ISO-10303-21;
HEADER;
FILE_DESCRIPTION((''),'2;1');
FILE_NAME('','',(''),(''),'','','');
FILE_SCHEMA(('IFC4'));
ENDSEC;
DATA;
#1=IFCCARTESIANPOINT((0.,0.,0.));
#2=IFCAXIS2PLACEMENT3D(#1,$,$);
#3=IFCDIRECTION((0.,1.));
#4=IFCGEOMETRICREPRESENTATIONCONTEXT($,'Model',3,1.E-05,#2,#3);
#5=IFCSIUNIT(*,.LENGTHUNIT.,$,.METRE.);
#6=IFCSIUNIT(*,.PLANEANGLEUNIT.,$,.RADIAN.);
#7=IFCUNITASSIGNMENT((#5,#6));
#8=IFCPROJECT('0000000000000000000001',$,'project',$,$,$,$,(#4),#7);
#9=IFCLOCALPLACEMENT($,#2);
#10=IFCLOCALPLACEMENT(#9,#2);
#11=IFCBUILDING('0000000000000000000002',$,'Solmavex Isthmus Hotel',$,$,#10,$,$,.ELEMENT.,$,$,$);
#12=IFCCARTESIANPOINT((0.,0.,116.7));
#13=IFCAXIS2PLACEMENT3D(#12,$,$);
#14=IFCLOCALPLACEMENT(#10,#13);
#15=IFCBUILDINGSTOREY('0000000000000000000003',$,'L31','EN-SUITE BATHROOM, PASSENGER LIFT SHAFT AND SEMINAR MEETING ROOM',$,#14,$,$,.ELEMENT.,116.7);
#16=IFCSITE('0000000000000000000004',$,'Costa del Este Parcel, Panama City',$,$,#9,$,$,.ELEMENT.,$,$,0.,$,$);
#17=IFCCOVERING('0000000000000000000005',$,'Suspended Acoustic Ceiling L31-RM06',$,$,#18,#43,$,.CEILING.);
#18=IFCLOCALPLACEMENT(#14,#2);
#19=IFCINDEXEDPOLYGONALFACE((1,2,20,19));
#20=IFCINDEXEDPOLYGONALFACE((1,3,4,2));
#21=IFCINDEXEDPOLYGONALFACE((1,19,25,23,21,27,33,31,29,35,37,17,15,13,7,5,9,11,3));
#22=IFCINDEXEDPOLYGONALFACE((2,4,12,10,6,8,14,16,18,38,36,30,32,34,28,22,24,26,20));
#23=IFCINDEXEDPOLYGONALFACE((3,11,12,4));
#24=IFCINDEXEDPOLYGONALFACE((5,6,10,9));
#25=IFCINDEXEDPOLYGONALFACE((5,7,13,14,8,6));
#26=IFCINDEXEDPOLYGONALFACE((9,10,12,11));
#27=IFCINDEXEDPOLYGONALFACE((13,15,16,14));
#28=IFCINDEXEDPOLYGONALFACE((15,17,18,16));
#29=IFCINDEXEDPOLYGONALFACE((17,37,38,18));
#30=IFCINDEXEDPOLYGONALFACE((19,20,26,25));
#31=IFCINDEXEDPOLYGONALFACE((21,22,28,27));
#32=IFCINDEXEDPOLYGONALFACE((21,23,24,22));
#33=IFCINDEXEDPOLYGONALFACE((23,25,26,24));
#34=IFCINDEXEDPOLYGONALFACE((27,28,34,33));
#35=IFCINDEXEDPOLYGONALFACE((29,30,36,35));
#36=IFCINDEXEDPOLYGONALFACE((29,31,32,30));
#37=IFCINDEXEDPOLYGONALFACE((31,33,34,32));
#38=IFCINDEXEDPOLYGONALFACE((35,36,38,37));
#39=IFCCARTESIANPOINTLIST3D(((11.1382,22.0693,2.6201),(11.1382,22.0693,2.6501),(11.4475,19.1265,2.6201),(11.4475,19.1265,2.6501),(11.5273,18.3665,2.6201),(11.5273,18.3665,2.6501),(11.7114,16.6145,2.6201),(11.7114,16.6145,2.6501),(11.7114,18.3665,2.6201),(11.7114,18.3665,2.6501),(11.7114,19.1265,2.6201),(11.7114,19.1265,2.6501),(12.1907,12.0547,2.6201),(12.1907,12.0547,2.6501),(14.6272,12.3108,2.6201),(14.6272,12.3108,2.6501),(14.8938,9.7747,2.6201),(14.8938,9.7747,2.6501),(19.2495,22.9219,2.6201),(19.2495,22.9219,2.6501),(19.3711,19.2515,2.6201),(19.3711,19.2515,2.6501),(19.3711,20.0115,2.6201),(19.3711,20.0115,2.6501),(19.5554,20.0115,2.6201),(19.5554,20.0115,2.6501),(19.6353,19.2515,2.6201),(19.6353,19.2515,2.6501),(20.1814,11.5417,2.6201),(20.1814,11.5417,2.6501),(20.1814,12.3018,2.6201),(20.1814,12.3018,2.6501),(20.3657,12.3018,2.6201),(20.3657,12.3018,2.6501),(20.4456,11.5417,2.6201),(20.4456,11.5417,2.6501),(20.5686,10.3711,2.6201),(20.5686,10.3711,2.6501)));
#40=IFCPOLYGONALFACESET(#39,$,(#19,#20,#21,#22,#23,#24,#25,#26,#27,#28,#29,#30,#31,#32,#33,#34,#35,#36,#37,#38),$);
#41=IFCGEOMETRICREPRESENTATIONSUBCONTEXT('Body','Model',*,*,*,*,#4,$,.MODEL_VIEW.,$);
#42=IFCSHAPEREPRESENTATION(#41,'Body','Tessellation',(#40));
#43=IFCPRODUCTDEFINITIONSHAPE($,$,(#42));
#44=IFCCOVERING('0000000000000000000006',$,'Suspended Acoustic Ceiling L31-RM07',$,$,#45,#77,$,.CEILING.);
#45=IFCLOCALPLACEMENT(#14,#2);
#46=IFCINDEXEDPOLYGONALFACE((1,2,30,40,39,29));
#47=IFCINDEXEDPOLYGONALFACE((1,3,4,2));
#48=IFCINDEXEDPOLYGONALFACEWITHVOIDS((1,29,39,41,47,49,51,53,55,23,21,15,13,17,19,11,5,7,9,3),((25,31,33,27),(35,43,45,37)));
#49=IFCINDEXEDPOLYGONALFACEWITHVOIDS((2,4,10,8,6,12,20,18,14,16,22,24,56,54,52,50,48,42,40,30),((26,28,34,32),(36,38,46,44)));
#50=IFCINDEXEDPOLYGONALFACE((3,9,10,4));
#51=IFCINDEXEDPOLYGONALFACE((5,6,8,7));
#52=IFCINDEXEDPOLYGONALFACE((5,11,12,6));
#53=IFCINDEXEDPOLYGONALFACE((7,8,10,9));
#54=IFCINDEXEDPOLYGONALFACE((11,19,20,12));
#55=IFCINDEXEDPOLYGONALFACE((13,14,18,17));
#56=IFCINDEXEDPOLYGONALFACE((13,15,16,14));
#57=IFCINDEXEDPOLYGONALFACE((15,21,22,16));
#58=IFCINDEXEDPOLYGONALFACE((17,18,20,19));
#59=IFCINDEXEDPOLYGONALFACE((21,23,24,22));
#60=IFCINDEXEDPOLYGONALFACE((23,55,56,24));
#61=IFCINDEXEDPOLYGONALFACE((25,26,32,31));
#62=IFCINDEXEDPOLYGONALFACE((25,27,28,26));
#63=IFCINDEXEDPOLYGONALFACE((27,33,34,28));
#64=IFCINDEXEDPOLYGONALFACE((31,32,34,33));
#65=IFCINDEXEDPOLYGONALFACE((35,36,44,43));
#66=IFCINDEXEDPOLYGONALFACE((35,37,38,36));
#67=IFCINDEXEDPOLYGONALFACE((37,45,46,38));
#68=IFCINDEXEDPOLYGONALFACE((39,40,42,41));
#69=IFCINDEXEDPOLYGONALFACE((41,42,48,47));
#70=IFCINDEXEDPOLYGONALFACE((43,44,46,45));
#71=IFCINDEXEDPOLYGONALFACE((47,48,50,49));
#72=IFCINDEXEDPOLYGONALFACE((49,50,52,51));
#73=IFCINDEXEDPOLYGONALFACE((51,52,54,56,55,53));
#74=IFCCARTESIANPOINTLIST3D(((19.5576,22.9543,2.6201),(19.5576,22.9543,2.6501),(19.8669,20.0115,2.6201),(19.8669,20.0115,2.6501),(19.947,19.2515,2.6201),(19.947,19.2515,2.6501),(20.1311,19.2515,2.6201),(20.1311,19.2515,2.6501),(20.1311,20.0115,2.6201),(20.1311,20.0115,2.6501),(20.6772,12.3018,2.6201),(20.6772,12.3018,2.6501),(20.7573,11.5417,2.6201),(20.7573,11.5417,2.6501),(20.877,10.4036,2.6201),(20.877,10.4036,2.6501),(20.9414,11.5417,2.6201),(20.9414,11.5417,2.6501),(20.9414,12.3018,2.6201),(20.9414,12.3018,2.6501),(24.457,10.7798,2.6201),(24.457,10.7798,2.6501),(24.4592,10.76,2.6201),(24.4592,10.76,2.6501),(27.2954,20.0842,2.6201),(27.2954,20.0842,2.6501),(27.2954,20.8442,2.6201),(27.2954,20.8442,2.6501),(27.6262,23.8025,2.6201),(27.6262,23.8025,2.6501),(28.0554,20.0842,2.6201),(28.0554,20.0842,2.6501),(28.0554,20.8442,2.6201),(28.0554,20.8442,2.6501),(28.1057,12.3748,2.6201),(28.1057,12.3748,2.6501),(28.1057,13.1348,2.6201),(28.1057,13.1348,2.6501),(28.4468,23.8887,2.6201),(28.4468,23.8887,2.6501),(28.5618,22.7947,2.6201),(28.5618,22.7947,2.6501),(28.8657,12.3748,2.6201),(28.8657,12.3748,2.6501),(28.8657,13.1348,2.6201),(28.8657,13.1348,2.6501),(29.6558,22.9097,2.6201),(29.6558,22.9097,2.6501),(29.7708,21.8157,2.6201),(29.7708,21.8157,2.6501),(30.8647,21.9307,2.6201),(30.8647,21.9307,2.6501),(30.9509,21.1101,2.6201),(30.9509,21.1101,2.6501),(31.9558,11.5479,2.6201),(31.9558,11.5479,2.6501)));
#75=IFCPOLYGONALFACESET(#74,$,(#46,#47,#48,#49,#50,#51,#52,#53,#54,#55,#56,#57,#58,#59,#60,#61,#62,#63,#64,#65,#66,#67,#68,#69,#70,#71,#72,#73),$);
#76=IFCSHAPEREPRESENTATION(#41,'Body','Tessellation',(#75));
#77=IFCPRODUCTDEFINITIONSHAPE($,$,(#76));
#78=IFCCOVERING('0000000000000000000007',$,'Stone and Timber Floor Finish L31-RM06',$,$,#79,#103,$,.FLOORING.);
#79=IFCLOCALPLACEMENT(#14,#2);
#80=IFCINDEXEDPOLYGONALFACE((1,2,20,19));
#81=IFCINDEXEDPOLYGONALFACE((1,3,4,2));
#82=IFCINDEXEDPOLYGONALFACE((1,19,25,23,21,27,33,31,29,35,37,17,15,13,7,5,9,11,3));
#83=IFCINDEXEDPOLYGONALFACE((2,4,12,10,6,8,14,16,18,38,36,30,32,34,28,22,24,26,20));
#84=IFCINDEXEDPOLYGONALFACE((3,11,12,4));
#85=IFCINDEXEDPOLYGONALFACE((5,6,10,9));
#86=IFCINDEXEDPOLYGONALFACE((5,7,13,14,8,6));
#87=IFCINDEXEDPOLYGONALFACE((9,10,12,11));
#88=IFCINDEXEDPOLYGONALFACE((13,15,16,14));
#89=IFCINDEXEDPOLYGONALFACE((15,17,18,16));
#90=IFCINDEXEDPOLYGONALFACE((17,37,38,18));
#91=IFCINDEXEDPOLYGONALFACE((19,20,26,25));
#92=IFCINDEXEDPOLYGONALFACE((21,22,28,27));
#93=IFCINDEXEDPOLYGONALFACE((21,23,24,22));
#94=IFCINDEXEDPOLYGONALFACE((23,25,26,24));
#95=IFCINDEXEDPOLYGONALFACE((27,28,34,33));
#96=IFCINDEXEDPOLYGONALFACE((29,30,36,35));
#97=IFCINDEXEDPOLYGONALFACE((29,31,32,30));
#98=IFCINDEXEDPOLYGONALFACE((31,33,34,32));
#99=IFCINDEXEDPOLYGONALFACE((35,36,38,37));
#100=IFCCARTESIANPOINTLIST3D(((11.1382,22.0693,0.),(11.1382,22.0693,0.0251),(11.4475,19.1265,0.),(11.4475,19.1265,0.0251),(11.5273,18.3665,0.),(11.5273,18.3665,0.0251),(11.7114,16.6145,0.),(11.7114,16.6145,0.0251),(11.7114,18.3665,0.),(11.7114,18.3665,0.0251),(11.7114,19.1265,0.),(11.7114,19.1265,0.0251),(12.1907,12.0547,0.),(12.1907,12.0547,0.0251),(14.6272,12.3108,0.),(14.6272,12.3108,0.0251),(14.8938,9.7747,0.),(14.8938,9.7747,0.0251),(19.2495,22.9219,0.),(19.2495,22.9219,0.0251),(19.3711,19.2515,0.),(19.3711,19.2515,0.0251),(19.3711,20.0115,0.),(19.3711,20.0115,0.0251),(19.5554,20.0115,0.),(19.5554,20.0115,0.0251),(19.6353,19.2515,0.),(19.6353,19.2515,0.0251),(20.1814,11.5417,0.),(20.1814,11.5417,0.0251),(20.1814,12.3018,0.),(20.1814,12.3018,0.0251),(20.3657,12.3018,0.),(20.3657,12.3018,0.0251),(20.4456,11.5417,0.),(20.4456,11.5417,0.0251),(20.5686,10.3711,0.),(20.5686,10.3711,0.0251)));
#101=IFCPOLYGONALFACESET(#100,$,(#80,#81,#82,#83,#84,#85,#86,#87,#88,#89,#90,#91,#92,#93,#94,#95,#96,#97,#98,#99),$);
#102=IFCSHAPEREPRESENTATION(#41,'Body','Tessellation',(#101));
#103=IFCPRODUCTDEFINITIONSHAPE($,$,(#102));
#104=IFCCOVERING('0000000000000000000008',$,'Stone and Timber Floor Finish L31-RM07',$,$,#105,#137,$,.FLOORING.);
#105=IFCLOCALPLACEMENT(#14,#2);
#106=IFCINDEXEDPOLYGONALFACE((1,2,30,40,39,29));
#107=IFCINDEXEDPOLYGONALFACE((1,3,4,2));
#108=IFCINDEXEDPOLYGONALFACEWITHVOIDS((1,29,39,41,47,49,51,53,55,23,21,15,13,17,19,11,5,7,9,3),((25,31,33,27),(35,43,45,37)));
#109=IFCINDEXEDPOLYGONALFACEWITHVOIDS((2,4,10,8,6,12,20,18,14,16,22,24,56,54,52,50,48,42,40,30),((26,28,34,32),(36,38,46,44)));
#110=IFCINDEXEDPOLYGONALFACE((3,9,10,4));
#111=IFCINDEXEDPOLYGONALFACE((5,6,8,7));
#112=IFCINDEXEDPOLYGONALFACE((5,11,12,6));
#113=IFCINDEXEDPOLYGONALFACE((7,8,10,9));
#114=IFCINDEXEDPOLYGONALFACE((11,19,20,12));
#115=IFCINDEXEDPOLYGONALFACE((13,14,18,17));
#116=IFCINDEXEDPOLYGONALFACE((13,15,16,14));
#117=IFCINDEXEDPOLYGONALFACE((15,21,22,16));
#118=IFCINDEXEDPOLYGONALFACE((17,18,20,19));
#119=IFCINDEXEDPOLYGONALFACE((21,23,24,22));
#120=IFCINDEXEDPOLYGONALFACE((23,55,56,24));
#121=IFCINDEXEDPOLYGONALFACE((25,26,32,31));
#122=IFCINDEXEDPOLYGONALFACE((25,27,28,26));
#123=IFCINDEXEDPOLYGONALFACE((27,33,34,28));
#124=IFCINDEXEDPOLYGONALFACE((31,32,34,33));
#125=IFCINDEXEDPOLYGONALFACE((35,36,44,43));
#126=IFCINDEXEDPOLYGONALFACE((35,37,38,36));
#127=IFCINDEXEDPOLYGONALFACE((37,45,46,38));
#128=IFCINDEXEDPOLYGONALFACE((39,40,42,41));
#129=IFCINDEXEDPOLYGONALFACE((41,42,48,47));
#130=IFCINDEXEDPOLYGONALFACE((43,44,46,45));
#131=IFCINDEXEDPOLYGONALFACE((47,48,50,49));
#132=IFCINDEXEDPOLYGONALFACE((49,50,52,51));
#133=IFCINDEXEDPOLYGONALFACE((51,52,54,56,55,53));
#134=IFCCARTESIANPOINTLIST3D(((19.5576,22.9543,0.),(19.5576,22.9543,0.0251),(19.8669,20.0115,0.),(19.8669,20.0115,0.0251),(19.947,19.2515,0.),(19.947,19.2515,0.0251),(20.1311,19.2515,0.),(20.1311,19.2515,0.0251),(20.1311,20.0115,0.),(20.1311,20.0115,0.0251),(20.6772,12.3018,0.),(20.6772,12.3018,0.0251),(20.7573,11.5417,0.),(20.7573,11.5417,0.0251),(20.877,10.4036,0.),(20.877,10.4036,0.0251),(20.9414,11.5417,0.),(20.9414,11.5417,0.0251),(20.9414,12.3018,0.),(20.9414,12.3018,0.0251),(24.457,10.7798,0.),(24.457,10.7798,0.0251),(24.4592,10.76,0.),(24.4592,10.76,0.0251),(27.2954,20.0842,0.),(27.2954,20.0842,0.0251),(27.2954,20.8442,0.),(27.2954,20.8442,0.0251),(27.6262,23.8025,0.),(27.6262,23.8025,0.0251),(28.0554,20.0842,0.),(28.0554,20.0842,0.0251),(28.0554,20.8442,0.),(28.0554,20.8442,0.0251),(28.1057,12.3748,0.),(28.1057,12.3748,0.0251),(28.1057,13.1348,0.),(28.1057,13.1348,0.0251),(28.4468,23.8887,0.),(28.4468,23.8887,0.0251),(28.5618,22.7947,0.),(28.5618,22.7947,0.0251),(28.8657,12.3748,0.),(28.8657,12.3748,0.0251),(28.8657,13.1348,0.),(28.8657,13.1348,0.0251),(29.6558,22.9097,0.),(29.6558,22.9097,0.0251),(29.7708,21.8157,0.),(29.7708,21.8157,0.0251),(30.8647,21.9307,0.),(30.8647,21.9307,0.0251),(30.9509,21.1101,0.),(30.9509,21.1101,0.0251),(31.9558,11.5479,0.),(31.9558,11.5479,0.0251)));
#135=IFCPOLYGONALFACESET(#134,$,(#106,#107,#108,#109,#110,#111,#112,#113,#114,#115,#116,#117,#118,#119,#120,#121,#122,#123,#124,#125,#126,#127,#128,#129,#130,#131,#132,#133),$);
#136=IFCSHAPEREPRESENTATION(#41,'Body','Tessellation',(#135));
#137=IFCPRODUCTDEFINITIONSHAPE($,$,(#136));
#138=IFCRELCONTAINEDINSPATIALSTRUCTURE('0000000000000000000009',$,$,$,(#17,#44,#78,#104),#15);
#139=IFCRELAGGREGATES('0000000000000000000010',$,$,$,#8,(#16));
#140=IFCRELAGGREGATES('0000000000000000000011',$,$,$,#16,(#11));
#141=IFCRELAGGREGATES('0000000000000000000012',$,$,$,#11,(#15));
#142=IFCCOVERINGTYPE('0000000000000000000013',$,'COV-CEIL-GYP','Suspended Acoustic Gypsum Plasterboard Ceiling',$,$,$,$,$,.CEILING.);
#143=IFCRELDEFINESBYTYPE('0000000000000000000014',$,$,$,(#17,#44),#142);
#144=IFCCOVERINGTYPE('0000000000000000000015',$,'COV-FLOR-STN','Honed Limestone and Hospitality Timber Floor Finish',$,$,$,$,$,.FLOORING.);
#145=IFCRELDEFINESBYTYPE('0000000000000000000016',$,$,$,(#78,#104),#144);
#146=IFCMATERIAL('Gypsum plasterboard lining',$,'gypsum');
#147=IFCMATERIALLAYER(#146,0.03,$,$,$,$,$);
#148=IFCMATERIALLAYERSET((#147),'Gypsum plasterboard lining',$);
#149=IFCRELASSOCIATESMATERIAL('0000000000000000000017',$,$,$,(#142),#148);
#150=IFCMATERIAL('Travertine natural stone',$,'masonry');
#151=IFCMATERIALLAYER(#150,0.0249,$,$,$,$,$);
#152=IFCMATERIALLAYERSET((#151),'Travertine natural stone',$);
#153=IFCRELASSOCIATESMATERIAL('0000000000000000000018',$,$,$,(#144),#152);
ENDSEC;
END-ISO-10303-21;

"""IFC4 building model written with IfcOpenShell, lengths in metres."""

from ifc_helpers import new_model, si_unit, direction, frame, origin, place, context, subcontext, project, spatial, polyline, outline, extrude, material, layer, layer_set, type_object, element, save


model = new_model("IFC4")

# Units and contexts
model_context = context("Model", 3, precision=1e-05, world=origin(), true_north=direction((0.0, 1.0)))
body_context = subcontext(model_context, "Body", "Model", "MODEL_VIEW")
ifc_project = project(units=[si_unit("LENGTHUNIT", "METRE"), si_unit("PLANEANGLEUNIT", "RADIAN")], contexts=[model_context])

# Site, building, storey
site_placement = place(None, origin())
site = spatial("IfcSite", under=ifc_project, at=site_placement, Name="Costa del Este Parcel, Panama City", CompositionType="ELEMENT", RefElevation=0.0)
building_placement = place(site_placement, origin())
building = spatial("IfcBuilding", under=site, at=building_placement, Name="Solmavex Isthmus Hotel", CompositionType="ELEMENT")
storey_placement = place(building_placement, frame((0.0, 0.0, 116.7)))
storey = spatial("IfcBuildingStorey", under=building, at=storey_placement, Name="L31", Description="EN-SUITE BATHROOM, PASSENGER LIFT SHAFT AND SEMINAR MEETING ROOM", CompositionType="ELEMENT", Elevation=116.7)

# Shared definitions
ifc_material_1 = material(Name="Gypsum plasterboard lining", Category="gypsum")

# Coverings
ifc_layer_1 = layer(ifc_material_1, 0.03)
ifc_layer_set_1 = layer_set([ifc_layer_1], Name="Gypsum plasterboard lining")
covering_type_1 = type_object("IfcCoveringType", Name="COV-CEIL-GYP", Description="Suspended Acoustic Gypsum Plasterboard Ceiling", PredefinedType="CEILING", material=ifc_layer_set_1)
covering_1_placement = place(storey_placement, frame((0.0, 0.0, 2.6201)))
element("IfcCovering", 1, at=covering_1_placement, inside=storey, type_object=covering_type_1, Name="Suspended Acoustic Ceiling L31-RM06", PredefinedType="CEILING", context=body_context, shape_type="SweptSolid", body=[
    extrude(outline(polyline([(11.4475, 19.1265), (11.7114, 19.1265), (11.7114, 18.3665), (11.5273, 18.3665), (11.7114, 16.6145), (12.1907, 12.0547), (14.6272, 12.3108), (14.8938, 9.7747), (20.5686, 10.3711), (20.4456, 11.5417), (20.1814, 11.5417), (20.1814, 12.3018), (20.3657, 12.3018), (19.6353, 19.2515), (19.3711, 19.2515), (19.3711, 20.0115), (19.5554, 20.0115), (19.2495, 22.9219), (11.1382, 22.0693), (11.4475, 19.1265)])), origin(), (0.0, 0.0, 1.0), 0.03),
])
covering_2_placement = place(storey_placement, frame((0.0, 0.0, 2.6201)))
element("IfcCovering", 2, at=covering_2_placement, inside=storey, type_object=covering_type_1, Name="Suspended Acoustic Ceiling L31-RM07", PredefinedType="CEILING", context=body_context, shape_type="SweptSolid", body=[
    extrude(outline(polyline([(20.6772, 12.3018), (20.9414, 12.3018), (20.9414, 11.5417), (20.7573, 11.5417), (20.877, 10.4036), (24.457, 10.7798), (24.4592, 10.76), (31.9558, 11.5479), (30.9509, 21.1101), (30.8647, 21.9307), (29.7708, 21.8157), (29.6558, 22.9097), (28.5618, 22.7947), (28.4468, 23.8887), (27.6262, 23.8025), (19.5576, 22.9543), (19.8669, 20.0115), (20.1311, 20.0115), (20.1311, 19.2515), (19.947, 19.2515), (20.6772, 12.3018)]), holes=[polyline([(28.1057, 12.3748), (28.1057, 13.1348), (28.8657, 13.1348), (28.8657, 12.3748), (28.1057, 12.3748)]), polyline([(27.2954, 20.8442), (28.0554, 20.8442), (28.0554, 20.0842), (27.2954, 20.0842), (27.2954, 20.8442)])]), origin(), (0.0, 0.0, 1.0), 0.03),
])
ifc_material_2 = material(Name="Travertine natural stone", Category="masonry")
ifc_layer_2 = layer(ifc_material_2, 0.0249)
ifc_layer_set_2 = layer_set([ifc_layer_2], Name="Travertine natural stone")
covering_type_2 = type_object("IfcCoveringType", Name="COV-FLOR-STN", Description="Honed Limestone and Hospitality Timber Floor Finish", PredefinedType="FLOORING", material=ifc_layer_set_2)
covering_3_placement = place(storey_placement, origin())
element("IfcCovering", 3, at=covering_3_placement, inside=storey, type_object=covering_type_2, Name="Stone and Timber Floor Finish L31-RM06", PredefinedType="FLOORING", context=body_context, shape_type="SweptSolid", body=[
    extrude(outline(polyline([(11.4475, 19.1265), (11.7114, 19.1265), (11.7114, 18.3665), (11.5273, 18.3665), (11.7114, 16.6145), (12.1907, 12.0547), (14.6272, 12.3108), (14.8938, 9.7747), (20.5686, 10.3711), (20.4456, 11.5417), (20.1814, 11.5417), (20.1814, 12.3018), (20.3657, 12.3018), (19.6353, 19.2515), (19.3711, 19.2515), (19.3711, 20.0115), (19.5554, 20.0115), (19.2495, 22.9219), (11.1382, 22.0693), (11.4475, 19.1265)])), origin(), (0.0, 0.0, 1.0), 0.0251),
])
covering_4_placement = place(storey_placement, origin())
element("IfcCovering", 4, at=covering_4_placement, inside=storey, type_object=covering_type_2, Name="Stone and Timber Floor Finish L31-RM07", PredefinedType="FLOORING", context=body_context, shape_type="SweptSolid", body=[
    extrude(outline(polyline([(20.6772, 12.3018), (20.9414, 12.3018), (20.9414, 11.5417), (20.7573, 11.5417), (20.877, 10.4036), (24.457, 10.7798), (24.4592, 10.76), (31.9558, 11.5479), (30.9509, 21.1101), (30.8647, 21.9307), (29.7708, 21.8157), (29.6558, 22.9097), (28.5618, 22.7947), (28.4468, 23.8887), (27.6262, 23.8025), (19.5576, 22.9543), (19.8669, 20.0115), (20.1311, 20.0115), (20.1311, 19.2515), (19.947, 19.2515), (20.6772, 12.3018)]), holes=[polyline([(28.1057, 12.3748), (28.1057, 13.1348), (28.8657, 13.1348), (28.8657, 12.3748), (28.1057, 12.3748)]), polyline([(27.2954, 20.8442), (28.0554, 20.8442), (28.0554, 20.0842), (27.2954, 20.0842), (27.2954, 20.8442)])]), origin(), (0.0, 0.0, 1.0), 0.0251),
])

save(model, "model.ifc")
